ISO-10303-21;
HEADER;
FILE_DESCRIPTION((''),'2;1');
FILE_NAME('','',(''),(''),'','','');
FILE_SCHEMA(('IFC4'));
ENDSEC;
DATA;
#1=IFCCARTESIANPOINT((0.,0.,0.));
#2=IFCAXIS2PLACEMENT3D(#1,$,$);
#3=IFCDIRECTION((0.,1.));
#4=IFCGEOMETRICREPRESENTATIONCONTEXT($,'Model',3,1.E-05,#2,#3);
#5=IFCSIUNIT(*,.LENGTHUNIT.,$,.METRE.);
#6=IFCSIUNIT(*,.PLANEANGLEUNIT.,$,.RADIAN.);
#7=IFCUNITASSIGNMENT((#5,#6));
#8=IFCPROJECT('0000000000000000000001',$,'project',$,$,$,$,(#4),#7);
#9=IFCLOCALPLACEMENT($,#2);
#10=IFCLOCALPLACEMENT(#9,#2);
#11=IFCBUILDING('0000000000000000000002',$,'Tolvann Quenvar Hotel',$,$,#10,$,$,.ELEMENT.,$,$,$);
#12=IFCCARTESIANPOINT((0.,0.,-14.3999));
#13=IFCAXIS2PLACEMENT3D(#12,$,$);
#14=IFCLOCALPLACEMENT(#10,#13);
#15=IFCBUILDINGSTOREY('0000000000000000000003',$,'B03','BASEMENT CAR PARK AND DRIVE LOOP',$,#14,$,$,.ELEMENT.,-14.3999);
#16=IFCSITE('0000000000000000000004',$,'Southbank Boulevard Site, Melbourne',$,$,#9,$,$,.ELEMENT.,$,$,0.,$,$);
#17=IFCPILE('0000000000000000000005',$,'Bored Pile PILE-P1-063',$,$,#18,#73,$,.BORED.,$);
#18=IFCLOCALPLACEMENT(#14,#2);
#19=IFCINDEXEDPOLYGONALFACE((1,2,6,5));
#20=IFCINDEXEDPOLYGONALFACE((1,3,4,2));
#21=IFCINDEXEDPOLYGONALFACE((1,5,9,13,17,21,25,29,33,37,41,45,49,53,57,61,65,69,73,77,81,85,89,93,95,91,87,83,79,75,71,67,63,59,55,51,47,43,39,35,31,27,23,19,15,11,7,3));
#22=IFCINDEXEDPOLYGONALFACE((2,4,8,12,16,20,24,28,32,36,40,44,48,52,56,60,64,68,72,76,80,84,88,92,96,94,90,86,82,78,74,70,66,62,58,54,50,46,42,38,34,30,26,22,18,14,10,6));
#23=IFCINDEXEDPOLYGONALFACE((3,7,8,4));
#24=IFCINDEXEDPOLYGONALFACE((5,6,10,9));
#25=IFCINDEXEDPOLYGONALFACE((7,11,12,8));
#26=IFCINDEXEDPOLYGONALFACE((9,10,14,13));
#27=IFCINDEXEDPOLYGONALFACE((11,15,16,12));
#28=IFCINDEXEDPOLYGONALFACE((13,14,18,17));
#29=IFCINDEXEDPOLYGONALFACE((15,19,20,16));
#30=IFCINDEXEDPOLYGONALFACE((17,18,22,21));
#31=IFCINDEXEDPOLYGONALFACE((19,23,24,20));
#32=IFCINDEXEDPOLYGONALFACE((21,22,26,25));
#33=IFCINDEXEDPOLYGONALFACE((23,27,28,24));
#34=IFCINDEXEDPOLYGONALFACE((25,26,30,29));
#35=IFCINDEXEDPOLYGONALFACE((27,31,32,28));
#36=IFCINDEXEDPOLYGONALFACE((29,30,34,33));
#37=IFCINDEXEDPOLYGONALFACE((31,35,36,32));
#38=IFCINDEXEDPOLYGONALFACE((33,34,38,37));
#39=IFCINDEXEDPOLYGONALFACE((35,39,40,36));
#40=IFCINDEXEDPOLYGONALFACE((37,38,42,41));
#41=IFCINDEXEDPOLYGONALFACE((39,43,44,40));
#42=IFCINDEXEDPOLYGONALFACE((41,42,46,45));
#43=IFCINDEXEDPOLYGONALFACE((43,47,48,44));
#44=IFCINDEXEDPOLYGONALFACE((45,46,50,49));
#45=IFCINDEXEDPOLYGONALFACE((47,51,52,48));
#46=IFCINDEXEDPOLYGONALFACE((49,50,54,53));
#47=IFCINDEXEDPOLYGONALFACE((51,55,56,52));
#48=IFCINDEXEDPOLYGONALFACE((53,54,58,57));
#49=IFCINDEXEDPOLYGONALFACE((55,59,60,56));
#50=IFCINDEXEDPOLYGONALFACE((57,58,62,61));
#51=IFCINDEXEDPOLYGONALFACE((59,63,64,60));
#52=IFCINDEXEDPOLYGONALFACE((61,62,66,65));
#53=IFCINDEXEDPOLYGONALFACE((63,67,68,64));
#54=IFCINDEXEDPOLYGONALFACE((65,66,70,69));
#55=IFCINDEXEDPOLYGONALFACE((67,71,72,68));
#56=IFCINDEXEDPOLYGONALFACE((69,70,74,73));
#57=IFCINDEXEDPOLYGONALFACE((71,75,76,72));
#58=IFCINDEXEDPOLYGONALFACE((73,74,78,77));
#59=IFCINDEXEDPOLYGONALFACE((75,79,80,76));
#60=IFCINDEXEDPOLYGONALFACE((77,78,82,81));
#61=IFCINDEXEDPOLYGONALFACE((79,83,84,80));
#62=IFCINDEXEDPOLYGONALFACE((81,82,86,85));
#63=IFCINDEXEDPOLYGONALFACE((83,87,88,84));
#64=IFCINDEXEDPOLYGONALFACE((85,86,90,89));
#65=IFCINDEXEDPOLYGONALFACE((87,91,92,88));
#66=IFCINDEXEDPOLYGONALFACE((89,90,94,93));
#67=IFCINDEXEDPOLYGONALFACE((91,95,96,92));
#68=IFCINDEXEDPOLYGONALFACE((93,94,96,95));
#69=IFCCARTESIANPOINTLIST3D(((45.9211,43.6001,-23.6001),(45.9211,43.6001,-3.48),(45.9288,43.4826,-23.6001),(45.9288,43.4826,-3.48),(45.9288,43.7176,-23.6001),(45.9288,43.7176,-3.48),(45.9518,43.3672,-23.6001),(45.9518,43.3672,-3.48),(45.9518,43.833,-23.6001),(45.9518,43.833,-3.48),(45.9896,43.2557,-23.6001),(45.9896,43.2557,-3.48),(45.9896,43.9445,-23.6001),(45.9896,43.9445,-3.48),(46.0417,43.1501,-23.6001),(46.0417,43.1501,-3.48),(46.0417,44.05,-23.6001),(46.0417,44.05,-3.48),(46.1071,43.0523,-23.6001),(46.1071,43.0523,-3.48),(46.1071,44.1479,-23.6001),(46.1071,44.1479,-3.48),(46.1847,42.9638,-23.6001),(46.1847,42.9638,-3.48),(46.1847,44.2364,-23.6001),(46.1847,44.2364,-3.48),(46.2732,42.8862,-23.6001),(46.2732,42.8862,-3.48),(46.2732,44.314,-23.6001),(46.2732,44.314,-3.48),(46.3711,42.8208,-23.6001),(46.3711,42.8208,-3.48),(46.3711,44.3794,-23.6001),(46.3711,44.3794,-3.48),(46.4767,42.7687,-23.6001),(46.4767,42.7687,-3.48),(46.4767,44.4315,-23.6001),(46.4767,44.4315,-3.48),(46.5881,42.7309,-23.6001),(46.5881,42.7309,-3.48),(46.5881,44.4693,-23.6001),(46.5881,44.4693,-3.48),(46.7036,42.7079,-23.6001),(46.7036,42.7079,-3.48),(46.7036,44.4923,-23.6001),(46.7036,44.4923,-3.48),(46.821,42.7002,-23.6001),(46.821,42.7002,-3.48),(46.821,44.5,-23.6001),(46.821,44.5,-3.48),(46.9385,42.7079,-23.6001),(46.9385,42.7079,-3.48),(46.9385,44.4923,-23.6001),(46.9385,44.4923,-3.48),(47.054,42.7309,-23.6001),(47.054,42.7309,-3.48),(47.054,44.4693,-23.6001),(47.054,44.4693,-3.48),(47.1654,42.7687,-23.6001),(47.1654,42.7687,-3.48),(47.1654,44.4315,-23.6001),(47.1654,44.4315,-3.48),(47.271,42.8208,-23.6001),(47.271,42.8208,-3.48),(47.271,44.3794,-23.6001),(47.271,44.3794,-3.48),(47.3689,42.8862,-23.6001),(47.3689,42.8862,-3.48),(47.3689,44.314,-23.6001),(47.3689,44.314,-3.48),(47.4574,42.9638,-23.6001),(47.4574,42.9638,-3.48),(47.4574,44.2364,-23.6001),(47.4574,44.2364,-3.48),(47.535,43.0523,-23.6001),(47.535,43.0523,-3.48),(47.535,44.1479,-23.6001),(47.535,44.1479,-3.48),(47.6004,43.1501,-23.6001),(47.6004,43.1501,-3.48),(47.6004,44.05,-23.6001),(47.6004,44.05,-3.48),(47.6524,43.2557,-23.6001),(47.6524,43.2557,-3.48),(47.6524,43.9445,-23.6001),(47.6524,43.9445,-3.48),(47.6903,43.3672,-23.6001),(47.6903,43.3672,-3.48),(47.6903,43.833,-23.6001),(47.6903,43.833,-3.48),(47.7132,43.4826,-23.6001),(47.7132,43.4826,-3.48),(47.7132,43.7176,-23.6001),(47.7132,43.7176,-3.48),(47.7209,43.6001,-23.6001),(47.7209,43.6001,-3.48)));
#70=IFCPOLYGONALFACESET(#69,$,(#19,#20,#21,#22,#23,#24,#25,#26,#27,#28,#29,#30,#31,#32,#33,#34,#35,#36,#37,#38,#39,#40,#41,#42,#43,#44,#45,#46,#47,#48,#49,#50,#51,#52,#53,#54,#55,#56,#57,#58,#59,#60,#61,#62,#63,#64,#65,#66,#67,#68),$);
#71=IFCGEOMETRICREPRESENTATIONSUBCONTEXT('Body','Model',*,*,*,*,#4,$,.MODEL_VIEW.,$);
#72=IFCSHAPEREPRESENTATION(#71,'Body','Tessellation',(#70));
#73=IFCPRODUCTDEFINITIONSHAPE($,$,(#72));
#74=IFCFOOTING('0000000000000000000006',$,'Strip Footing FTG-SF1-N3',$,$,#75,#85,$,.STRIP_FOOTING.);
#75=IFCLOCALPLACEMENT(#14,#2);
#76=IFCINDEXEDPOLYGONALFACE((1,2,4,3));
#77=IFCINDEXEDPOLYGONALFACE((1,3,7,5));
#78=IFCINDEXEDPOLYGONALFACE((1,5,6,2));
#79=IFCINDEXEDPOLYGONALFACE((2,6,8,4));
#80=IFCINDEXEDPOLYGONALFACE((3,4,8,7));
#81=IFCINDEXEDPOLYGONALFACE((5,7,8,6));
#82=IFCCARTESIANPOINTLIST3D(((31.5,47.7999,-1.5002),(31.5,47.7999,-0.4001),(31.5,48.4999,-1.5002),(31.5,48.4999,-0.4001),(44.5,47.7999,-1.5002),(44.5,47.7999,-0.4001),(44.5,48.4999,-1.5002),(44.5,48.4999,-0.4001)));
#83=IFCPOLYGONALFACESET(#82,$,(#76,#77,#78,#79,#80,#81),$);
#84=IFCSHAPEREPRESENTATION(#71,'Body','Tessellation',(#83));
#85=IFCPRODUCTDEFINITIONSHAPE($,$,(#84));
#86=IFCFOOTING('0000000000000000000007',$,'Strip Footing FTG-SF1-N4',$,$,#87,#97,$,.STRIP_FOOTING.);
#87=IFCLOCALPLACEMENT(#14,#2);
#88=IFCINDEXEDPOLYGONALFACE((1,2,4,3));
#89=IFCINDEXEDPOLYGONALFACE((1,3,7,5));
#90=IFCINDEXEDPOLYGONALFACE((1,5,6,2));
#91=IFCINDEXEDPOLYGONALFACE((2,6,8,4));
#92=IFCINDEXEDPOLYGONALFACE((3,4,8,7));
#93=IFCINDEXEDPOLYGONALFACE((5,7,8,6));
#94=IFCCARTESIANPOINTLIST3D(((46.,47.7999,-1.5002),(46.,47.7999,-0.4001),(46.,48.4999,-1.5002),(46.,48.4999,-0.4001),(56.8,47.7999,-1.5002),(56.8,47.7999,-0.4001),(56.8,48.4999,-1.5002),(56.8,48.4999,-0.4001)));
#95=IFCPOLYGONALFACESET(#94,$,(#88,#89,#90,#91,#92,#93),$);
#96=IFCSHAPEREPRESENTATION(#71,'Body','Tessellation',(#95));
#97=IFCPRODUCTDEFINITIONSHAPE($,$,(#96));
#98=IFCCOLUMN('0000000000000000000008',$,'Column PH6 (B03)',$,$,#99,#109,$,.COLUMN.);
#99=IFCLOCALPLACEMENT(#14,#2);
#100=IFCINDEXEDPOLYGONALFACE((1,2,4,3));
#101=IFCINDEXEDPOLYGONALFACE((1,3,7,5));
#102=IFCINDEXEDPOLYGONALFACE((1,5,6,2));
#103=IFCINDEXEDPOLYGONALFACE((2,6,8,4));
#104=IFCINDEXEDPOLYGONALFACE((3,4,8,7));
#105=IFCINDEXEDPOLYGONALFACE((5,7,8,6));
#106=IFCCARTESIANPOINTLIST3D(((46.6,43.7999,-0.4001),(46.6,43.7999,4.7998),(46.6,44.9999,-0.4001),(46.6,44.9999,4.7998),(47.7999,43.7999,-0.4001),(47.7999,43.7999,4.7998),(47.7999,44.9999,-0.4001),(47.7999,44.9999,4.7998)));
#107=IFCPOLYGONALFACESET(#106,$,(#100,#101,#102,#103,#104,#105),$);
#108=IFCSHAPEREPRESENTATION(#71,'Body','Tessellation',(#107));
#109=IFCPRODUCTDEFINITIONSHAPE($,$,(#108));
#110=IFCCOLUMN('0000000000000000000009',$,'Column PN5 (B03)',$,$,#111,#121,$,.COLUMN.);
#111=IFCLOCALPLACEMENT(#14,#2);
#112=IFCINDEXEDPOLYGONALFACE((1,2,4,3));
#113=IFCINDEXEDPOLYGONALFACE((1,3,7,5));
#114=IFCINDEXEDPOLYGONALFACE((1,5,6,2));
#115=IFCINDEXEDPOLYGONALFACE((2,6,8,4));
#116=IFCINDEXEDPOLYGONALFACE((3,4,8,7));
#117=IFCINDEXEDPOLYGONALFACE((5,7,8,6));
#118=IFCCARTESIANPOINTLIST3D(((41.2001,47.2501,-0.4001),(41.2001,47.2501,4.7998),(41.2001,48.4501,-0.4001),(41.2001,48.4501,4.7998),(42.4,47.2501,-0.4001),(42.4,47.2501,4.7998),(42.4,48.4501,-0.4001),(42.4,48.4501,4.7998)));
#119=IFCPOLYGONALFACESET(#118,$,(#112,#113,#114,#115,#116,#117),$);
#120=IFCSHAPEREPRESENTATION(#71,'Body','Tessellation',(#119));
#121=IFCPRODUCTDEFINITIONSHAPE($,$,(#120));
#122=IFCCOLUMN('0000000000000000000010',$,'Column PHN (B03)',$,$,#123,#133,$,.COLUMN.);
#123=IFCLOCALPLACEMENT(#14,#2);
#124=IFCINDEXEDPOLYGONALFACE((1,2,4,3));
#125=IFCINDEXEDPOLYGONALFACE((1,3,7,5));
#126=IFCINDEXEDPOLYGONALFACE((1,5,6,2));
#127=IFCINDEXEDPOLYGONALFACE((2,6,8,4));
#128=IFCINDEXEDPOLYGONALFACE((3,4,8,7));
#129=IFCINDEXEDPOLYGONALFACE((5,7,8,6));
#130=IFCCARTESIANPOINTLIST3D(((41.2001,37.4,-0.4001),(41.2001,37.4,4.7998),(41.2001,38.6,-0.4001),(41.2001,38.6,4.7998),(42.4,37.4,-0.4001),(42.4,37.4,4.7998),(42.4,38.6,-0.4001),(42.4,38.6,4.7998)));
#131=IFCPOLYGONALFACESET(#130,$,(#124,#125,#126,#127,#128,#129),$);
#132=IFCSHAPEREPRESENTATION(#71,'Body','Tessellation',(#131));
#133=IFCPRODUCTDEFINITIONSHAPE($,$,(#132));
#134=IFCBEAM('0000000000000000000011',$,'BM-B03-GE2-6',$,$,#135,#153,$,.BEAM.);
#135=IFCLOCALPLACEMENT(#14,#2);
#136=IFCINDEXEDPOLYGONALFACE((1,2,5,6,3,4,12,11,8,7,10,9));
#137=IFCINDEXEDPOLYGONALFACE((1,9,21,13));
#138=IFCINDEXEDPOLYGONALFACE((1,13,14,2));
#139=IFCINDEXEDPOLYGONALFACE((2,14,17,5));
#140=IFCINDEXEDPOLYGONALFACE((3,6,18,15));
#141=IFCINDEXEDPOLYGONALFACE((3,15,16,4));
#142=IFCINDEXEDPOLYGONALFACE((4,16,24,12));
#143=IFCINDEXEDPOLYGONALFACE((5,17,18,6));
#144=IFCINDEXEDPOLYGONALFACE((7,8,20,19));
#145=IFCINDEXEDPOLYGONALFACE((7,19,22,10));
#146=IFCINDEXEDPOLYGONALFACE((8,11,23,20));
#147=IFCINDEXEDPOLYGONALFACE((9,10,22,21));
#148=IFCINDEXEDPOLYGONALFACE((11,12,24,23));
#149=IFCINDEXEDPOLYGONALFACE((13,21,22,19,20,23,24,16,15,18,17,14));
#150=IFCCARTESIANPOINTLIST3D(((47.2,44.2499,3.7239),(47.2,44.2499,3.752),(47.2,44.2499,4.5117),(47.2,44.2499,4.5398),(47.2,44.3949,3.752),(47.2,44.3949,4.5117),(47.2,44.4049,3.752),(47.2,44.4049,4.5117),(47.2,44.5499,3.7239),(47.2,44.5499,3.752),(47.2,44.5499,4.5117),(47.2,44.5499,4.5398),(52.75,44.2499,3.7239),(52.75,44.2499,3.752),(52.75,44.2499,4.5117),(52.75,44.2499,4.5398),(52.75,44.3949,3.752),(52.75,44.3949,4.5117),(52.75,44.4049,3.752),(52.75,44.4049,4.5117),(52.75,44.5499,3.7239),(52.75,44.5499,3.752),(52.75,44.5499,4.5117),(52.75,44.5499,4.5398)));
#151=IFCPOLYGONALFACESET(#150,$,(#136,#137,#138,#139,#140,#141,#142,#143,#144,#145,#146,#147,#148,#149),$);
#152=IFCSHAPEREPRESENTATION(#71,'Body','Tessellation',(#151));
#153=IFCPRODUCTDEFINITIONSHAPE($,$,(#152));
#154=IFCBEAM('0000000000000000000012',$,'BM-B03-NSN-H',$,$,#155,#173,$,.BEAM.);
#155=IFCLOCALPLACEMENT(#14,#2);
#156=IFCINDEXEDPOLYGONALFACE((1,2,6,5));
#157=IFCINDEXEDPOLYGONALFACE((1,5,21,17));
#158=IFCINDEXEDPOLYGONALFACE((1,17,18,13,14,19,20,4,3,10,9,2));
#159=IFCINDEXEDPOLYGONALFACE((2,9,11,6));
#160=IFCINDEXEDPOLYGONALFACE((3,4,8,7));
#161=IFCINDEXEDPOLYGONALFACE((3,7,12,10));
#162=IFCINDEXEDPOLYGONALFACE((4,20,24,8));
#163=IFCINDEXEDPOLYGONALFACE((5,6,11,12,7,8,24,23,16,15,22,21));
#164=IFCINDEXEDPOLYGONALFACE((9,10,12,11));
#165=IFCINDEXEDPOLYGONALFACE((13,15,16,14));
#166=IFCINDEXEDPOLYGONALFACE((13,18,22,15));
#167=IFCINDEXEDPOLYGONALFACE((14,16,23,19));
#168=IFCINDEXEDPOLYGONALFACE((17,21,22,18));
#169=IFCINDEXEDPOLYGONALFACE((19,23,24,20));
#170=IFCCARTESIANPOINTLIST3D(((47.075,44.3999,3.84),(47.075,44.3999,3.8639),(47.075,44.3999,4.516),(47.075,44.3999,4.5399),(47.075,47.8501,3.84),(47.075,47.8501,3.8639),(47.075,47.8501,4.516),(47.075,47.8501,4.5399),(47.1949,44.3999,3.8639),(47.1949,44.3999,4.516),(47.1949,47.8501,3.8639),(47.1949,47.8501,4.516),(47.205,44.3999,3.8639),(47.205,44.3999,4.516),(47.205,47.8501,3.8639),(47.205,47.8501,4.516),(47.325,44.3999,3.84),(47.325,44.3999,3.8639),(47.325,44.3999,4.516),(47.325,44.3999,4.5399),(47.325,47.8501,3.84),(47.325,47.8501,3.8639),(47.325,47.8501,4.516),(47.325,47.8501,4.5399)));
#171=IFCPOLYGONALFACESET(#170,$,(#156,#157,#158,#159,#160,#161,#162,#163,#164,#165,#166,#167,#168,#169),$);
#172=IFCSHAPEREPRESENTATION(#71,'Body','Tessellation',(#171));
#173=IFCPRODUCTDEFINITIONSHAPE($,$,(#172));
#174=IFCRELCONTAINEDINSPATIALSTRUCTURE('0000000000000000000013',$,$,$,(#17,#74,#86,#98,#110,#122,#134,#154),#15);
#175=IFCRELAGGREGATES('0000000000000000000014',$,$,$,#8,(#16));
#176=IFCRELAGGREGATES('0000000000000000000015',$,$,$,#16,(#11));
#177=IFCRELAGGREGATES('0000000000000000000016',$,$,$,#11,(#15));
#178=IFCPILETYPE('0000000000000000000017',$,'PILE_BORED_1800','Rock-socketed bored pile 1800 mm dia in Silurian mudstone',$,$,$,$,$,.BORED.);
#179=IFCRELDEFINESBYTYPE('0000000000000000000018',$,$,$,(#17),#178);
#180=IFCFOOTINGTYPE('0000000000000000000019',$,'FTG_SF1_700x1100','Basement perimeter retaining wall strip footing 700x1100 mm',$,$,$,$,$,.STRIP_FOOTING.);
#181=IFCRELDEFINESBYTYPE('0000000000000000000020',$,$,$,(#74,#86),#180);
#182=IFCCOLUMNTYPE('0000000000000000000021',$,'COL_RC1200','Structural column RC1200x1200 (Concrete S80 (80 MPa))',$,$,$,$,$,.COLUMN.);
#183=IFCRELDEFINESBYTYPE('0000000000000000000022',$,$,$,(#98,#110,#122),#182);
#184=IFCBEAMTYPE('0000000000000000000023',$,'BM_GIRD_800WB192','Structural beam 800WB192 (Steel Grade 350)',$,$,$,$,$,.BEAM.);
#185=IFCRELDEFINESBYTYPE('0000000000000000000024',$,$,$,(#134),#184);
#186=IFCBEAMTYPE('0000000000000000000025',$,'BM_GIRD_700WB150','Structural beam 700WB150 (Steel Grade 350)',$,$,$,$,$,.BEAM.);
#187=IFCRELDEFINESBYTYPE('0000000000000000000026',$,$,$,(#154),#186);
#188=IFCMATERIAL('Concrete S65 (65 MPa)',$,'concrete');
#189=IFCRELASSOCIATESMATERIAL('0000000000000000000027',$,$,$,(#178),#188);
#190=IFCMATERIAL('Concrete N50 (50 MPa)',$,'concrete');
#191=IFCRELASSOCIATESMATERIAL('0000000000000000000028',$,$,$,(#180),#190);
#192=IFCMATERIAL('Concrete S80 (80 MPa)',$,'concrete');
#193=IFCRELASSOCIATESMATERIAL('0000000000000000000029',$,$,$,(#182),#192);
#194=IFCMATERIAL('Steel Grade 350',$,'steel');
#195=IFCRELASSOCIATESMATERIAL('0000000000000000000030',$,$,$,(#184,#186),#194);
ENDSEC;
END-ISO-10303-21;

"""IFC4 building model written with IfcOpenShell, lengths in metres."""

from ifc_helpers import new_model, si_unit, direction, frame, origin, origin_2d, place, context, subcontext, project, spatial, rectangle, circle, i_section, extrude, source, transform, mapped, material, material_profile, profile_set, type_object, type_shapes, element, save


model = new_model("IFC4")

# Units and contexts
model_context = context("Model", 3, precision=1e-05, world=origin(), true_north=direction((0.0, 1.0)))
body_context = subcontext(model_context, "Body", "Model", "MODEL_VIEW")
ifc_project = project(units=[si_unit("LENGTHUNIT", "METRE"), si_unit("PLANEANGLEUNIT", "RADIAN")], contexts=[model_context])

# Site, building, storey
site_placement = place(None, origin())
site = spatial("IfcSite", under=ifc_project, at=site_placement, Name="Southbank Boulevard Site, Melbourne", CompositionType="ELEMENT", RefElevation=0.0)
building_placement = place(site_placement, origin())
building = spatial("IfcBuilding", under=site, at=building_placement, Name="Tolvann Quenvar Hotel", CompositionType="ELEMENT")
storey_placement = place(building_placement, frame((0.0, 0.0, -14.3999)))
storey = spatial("IfcBuildingStorey", under=building, at=storey_placement, Name="B03", Description="BASEMENT CAR PARK AND DRIVE LOOP", CompositionType="ELEMENT", Elevation=-14.3999)

# Pile
ifc_material_1 = material(Name="Concrete S65 (65 MPa)", Category="concrete")
ifc_material_profile_1 = material_profile(ifc_material_1, circle(Radius=0.8999, at=origin_2d()), Name="PILE1800")
ifc_profile_set_1 = profile_set([ifc_material_profile_1], Name="Concrete S65 (65 MPa)")
pile_type = type_object("IfcPileType", Name="PILE_BORED_1800", Description="Rock-socketed bored pile 1800 mm dia in Silurian mudstone", PredefinedType="BORED", material=ifc_profile_set_1)
for number, where, z_axis, x_axis, name in (
    (1, (46.821, 43.6001, -3.48), (0.0, 0.0, -1.0), (1.0, 0.0, 0.0), "Bored Pile PILE-P1-063"),
):
    element("IfcPile", number, at=place(storey_placement, frame(where, z_axis=z_axis, x_axis=x_axis)), inside=storey, type_object=pile_type, Name=name, PredefinedType="BORED", context=body_context, shape_type="SweptSolid", body=[
        extrude(circle(Radius=0.8999, at=origin_2d()), origin(), (0.0, 0.0, 1.0), 20.1201),
    ])

# Footings
ifc_material_2 = material(Name="Concrete N50 (50 MPa)", Category="concrete")
ifc_material_profile_2 = material_profile(ifc_material_2, rectangle(XDim=0.7, YDim=1.1001, at=origin_2d()), Name="RC700x1100")
ifc_profile_set_2 = profile_set([ifc_material_profile_2], Name="Concrete N50 (50 MPa)")
footing_type = type_object("IfcFootingType", Name="FTG_SF1_700x1100", Description="Basement perimeter retaining wall strip footing 700x1100 mm", PredefinedType="STRIP_FOOTING", material=ifc_profile_set_2)
shared_shape_1 = source(origin(), body_context, "Body", "SweptSolid", [
    extrude(rectangle(XDim=0.7, YDim=1.1001, at=origin_2d()), origin(), (0.0, 0.0, 1.0), 13.0),
])
footing_1_placement = place(storey_placement, frame((31.5, 48.1499, -0.9502), z_axis=(1.0, 0.0, 0.0), x_axis=(0.0, 1.0, 0.0)))
element("IfcFooting", 2, at=footing_1_placement, inside=storey, type_object=footing_type, Name="Strip Footing FTG-SF1-N3", PredefinedType="STRIP_FOOTING", context=body_context, shape_type="MappedRepresentation", body=[
    mapped(shared_shape_1, transform((0.0, 0.0, 0.0), x_axis=(1.0, 0.0, 0.0), y_axis=(0.0, 1.0, 0.0), z_axis=(0.0, 0.0, 1.0), scale=1.0)),
])
shared_shape_2 = source(origin(), body_context, "Body", "SweptSolid", [
    extrude(rectangle(XDim=0.7, YDim=1.1001, at=origin_2d()), origin(), (0.0, 0.0, 1.0), 10.8),
])
type_shapes(footing_type, [shared_shape_1, shared_shape_2])
footing_2_placement = place(storey_placement, frame((46.0, 48.1499, -0.9502), z_axis=(1.0, 0.0, 0.0), x_axis=(0.0, 1.0, 0.0)))
element("IfcFooting", 3, at=footing_2_placement, inside=storey, type_object=footing_type, Name="Strip Footing FTG-SF1-N4", PredefinedType="STRIP_FOOTING", context=body_context, shape_type="MappedRepresentation", body=[
    mapped(shared_shape_2, transform((0.0, 0.0, 0.0), x_axis=(1.0, 0.0, 0.0), y_axis=(0.0, 1.0, 0.0), z_axis=(0.0, 0.0, 1.0), scale=1.0)),
])

# Columns
ifc_material_3 = material(Name="Concrete S80 (80 MPa)", Category="concrete")
ifc_material_profile_3 = material_profile(ifc_material_3, rectangle(XDim=1.2, YDim=1.2, at=origin_2d()), Name="RC1200x1200")
ifc_profile_set_3 = profile_set([ifc_material_profile_3], Name="Concrete S80 (80 MPa)")
column_type = type_object("IfcColumnType", Name="COL_RC1200", Description="Structural column RC1200x1200 (Concrete S80 (80 MPa))", PredefinedType="COLUMN", material=ifc_profile_set_3)
shared_shape_3 = source(origin(), body_context, "Body", "SweptSolid", [
    extrude(rectangle(XDim=1.2, YDim=1.2, at=origin_2d()), origin(), (0.0, 0.0, 1.0), 5.2),
])
type_shapes(column_type, [shared_shape_3])
for number, where, z_axis, x_axis, name in (
    (4, (47.2, 44.3999, -0.4001), (0.0, 0.0, 1.0), (1.0, 0.0, 0.0), "Column PH6 (B03)"),
    (5, (41.8, 47.8501, -0.4001), (0.0, 0.0, 1.0), (1.0, 0.0, 0.0), "Column PN5 (B03)"),
    (6, (41.8, 38.0, -0.4001), (0.0, 0.0, 1.0), (1.0, 0.0, 0.0), "Column PHN (B03)"),
):
    element("IfcColumn", number, at=place(storey_placement, frame(where, z_axis=z_axis, x_axis=x_axis)), inside=storey, type_object=column_type, Name=name, PredefinedType="COLUMN", context=body_context, shape_type="MappedRepresentation", body=[
        mapped(shared_shape_3, transform((0.0, 0.0, 0.0), x_axis=(1.0, 0.0, 0.0), y_axis=(0.0, 1.0, 0.0), z_axis=(0.0, 0.0, 1.0), scale=1.0)),
    ])

# Beams
ifc_material_4 = material(Name="Steel Grade 350", Category="steel")
ifc_material_profile_4 = material_profile(ifc_material_4, i_section(OverallWidth=0.3, OverallDepth=0.8159, WebThickness=0.01, FlangeThickness=0.0281, at=origin_2d()), Name="800WB192")
ifc_profile_set_4 = profile_set([ifc_material_profile_4], Name="Steel Grade 350")
beam_type_1 = type_object("IfcBeamType", Name="BM_GIRD_800WB192", Description="Structural beam 800WB192 (Steel Grade 350)", PredefinedType="BEAM", material=ifc_profile_set_4)
shared_shape_4 = source(origin(), body_context, "Body", "SweptSolid", [
    extrude(i_section(OverallWidth=0.3, OverallDepth=0.8159, WebThickness=0.01, FlangeThickness=0.0281, at=origin_2d()), origin(), (0.0, 0.0, 1.0), 5.55),
])
beam_1_placement = place(storey_placement, frame((47.2, 44.3999, 4.1318), z_axis=(1.0, 0.0, 0.0), x_axis=(0.0, 1.0, 0.0)))
element("IfcBeam", 7, at=beam_1_placement, inside=storey, type_object=beam_type_1, Name="BM-B03-GE2-6", PredefinedType="BEAM", context=body_context, shape_type="MappedRepresentation", body=[
    mapped(shared_shape_4, transform((0.0, 0.0, 0.0), x_axis=(1.0, 0.0, 0.0), y_axis=(0.0, 1.0, 0.0), z_axis=(0.0, 0.0, 1.0), scale=1.0)),
])
ifc_material_profile_5 = material_profile(ifc_material_4, i_section(OverallWidth=0.25, OverallDepth=0.7, WebThickness=0.01, FlangeThickness=0.0239, at=origin_2d()), Name="700WB150")
ifc_profile_set_5 = profile_set([ifc_material_profile_5], Name="Steel Grade 350")
beam_type_2 = type_object("IfcBeamType", Name="BM_GIRD_700WB150", Description="Structural beam 700WB150 (Steel Grade 350)", PredefinedType="BEAM", material=ifc_profile_set_5)
shared_shape_5 = source(origin(), body_context, "Body", "SweptSolid", [
    extrude(i_section(OverallWidth=0.25, OverallDepth=0.7, WebThickness=0.01, FlangeThickness=0.0239, at=origin_2d()), origin(), (0.0, 0.0, 1.0), 3.4502),
])
beam_2_placement = place(storey_placement, frame((47.2, 44.3999, 4.1899), z_axis=(0.0, 1.0, 0.0), x_axis=(-1.0, 0.0, 0.0)))
element("IfcBeam", 8, at=beam_2_placement, inside=storey, type_object=beam_type_2, Name="BM-B03-NSN-H", PredefinedType="BEAM", context=body_context, shape_type="MappedRepresentation", body=[
    mapped(shared_shape_5, transform((0.0, 0.0, 0.0), x_axis=(1.0, 0.0, 0.0), y_axis=(0.0, 1.0, 0.0), z_axis=(0.0, 0.0, 1.0), scale=1.0)),
])

save(model, "model.ifc")
